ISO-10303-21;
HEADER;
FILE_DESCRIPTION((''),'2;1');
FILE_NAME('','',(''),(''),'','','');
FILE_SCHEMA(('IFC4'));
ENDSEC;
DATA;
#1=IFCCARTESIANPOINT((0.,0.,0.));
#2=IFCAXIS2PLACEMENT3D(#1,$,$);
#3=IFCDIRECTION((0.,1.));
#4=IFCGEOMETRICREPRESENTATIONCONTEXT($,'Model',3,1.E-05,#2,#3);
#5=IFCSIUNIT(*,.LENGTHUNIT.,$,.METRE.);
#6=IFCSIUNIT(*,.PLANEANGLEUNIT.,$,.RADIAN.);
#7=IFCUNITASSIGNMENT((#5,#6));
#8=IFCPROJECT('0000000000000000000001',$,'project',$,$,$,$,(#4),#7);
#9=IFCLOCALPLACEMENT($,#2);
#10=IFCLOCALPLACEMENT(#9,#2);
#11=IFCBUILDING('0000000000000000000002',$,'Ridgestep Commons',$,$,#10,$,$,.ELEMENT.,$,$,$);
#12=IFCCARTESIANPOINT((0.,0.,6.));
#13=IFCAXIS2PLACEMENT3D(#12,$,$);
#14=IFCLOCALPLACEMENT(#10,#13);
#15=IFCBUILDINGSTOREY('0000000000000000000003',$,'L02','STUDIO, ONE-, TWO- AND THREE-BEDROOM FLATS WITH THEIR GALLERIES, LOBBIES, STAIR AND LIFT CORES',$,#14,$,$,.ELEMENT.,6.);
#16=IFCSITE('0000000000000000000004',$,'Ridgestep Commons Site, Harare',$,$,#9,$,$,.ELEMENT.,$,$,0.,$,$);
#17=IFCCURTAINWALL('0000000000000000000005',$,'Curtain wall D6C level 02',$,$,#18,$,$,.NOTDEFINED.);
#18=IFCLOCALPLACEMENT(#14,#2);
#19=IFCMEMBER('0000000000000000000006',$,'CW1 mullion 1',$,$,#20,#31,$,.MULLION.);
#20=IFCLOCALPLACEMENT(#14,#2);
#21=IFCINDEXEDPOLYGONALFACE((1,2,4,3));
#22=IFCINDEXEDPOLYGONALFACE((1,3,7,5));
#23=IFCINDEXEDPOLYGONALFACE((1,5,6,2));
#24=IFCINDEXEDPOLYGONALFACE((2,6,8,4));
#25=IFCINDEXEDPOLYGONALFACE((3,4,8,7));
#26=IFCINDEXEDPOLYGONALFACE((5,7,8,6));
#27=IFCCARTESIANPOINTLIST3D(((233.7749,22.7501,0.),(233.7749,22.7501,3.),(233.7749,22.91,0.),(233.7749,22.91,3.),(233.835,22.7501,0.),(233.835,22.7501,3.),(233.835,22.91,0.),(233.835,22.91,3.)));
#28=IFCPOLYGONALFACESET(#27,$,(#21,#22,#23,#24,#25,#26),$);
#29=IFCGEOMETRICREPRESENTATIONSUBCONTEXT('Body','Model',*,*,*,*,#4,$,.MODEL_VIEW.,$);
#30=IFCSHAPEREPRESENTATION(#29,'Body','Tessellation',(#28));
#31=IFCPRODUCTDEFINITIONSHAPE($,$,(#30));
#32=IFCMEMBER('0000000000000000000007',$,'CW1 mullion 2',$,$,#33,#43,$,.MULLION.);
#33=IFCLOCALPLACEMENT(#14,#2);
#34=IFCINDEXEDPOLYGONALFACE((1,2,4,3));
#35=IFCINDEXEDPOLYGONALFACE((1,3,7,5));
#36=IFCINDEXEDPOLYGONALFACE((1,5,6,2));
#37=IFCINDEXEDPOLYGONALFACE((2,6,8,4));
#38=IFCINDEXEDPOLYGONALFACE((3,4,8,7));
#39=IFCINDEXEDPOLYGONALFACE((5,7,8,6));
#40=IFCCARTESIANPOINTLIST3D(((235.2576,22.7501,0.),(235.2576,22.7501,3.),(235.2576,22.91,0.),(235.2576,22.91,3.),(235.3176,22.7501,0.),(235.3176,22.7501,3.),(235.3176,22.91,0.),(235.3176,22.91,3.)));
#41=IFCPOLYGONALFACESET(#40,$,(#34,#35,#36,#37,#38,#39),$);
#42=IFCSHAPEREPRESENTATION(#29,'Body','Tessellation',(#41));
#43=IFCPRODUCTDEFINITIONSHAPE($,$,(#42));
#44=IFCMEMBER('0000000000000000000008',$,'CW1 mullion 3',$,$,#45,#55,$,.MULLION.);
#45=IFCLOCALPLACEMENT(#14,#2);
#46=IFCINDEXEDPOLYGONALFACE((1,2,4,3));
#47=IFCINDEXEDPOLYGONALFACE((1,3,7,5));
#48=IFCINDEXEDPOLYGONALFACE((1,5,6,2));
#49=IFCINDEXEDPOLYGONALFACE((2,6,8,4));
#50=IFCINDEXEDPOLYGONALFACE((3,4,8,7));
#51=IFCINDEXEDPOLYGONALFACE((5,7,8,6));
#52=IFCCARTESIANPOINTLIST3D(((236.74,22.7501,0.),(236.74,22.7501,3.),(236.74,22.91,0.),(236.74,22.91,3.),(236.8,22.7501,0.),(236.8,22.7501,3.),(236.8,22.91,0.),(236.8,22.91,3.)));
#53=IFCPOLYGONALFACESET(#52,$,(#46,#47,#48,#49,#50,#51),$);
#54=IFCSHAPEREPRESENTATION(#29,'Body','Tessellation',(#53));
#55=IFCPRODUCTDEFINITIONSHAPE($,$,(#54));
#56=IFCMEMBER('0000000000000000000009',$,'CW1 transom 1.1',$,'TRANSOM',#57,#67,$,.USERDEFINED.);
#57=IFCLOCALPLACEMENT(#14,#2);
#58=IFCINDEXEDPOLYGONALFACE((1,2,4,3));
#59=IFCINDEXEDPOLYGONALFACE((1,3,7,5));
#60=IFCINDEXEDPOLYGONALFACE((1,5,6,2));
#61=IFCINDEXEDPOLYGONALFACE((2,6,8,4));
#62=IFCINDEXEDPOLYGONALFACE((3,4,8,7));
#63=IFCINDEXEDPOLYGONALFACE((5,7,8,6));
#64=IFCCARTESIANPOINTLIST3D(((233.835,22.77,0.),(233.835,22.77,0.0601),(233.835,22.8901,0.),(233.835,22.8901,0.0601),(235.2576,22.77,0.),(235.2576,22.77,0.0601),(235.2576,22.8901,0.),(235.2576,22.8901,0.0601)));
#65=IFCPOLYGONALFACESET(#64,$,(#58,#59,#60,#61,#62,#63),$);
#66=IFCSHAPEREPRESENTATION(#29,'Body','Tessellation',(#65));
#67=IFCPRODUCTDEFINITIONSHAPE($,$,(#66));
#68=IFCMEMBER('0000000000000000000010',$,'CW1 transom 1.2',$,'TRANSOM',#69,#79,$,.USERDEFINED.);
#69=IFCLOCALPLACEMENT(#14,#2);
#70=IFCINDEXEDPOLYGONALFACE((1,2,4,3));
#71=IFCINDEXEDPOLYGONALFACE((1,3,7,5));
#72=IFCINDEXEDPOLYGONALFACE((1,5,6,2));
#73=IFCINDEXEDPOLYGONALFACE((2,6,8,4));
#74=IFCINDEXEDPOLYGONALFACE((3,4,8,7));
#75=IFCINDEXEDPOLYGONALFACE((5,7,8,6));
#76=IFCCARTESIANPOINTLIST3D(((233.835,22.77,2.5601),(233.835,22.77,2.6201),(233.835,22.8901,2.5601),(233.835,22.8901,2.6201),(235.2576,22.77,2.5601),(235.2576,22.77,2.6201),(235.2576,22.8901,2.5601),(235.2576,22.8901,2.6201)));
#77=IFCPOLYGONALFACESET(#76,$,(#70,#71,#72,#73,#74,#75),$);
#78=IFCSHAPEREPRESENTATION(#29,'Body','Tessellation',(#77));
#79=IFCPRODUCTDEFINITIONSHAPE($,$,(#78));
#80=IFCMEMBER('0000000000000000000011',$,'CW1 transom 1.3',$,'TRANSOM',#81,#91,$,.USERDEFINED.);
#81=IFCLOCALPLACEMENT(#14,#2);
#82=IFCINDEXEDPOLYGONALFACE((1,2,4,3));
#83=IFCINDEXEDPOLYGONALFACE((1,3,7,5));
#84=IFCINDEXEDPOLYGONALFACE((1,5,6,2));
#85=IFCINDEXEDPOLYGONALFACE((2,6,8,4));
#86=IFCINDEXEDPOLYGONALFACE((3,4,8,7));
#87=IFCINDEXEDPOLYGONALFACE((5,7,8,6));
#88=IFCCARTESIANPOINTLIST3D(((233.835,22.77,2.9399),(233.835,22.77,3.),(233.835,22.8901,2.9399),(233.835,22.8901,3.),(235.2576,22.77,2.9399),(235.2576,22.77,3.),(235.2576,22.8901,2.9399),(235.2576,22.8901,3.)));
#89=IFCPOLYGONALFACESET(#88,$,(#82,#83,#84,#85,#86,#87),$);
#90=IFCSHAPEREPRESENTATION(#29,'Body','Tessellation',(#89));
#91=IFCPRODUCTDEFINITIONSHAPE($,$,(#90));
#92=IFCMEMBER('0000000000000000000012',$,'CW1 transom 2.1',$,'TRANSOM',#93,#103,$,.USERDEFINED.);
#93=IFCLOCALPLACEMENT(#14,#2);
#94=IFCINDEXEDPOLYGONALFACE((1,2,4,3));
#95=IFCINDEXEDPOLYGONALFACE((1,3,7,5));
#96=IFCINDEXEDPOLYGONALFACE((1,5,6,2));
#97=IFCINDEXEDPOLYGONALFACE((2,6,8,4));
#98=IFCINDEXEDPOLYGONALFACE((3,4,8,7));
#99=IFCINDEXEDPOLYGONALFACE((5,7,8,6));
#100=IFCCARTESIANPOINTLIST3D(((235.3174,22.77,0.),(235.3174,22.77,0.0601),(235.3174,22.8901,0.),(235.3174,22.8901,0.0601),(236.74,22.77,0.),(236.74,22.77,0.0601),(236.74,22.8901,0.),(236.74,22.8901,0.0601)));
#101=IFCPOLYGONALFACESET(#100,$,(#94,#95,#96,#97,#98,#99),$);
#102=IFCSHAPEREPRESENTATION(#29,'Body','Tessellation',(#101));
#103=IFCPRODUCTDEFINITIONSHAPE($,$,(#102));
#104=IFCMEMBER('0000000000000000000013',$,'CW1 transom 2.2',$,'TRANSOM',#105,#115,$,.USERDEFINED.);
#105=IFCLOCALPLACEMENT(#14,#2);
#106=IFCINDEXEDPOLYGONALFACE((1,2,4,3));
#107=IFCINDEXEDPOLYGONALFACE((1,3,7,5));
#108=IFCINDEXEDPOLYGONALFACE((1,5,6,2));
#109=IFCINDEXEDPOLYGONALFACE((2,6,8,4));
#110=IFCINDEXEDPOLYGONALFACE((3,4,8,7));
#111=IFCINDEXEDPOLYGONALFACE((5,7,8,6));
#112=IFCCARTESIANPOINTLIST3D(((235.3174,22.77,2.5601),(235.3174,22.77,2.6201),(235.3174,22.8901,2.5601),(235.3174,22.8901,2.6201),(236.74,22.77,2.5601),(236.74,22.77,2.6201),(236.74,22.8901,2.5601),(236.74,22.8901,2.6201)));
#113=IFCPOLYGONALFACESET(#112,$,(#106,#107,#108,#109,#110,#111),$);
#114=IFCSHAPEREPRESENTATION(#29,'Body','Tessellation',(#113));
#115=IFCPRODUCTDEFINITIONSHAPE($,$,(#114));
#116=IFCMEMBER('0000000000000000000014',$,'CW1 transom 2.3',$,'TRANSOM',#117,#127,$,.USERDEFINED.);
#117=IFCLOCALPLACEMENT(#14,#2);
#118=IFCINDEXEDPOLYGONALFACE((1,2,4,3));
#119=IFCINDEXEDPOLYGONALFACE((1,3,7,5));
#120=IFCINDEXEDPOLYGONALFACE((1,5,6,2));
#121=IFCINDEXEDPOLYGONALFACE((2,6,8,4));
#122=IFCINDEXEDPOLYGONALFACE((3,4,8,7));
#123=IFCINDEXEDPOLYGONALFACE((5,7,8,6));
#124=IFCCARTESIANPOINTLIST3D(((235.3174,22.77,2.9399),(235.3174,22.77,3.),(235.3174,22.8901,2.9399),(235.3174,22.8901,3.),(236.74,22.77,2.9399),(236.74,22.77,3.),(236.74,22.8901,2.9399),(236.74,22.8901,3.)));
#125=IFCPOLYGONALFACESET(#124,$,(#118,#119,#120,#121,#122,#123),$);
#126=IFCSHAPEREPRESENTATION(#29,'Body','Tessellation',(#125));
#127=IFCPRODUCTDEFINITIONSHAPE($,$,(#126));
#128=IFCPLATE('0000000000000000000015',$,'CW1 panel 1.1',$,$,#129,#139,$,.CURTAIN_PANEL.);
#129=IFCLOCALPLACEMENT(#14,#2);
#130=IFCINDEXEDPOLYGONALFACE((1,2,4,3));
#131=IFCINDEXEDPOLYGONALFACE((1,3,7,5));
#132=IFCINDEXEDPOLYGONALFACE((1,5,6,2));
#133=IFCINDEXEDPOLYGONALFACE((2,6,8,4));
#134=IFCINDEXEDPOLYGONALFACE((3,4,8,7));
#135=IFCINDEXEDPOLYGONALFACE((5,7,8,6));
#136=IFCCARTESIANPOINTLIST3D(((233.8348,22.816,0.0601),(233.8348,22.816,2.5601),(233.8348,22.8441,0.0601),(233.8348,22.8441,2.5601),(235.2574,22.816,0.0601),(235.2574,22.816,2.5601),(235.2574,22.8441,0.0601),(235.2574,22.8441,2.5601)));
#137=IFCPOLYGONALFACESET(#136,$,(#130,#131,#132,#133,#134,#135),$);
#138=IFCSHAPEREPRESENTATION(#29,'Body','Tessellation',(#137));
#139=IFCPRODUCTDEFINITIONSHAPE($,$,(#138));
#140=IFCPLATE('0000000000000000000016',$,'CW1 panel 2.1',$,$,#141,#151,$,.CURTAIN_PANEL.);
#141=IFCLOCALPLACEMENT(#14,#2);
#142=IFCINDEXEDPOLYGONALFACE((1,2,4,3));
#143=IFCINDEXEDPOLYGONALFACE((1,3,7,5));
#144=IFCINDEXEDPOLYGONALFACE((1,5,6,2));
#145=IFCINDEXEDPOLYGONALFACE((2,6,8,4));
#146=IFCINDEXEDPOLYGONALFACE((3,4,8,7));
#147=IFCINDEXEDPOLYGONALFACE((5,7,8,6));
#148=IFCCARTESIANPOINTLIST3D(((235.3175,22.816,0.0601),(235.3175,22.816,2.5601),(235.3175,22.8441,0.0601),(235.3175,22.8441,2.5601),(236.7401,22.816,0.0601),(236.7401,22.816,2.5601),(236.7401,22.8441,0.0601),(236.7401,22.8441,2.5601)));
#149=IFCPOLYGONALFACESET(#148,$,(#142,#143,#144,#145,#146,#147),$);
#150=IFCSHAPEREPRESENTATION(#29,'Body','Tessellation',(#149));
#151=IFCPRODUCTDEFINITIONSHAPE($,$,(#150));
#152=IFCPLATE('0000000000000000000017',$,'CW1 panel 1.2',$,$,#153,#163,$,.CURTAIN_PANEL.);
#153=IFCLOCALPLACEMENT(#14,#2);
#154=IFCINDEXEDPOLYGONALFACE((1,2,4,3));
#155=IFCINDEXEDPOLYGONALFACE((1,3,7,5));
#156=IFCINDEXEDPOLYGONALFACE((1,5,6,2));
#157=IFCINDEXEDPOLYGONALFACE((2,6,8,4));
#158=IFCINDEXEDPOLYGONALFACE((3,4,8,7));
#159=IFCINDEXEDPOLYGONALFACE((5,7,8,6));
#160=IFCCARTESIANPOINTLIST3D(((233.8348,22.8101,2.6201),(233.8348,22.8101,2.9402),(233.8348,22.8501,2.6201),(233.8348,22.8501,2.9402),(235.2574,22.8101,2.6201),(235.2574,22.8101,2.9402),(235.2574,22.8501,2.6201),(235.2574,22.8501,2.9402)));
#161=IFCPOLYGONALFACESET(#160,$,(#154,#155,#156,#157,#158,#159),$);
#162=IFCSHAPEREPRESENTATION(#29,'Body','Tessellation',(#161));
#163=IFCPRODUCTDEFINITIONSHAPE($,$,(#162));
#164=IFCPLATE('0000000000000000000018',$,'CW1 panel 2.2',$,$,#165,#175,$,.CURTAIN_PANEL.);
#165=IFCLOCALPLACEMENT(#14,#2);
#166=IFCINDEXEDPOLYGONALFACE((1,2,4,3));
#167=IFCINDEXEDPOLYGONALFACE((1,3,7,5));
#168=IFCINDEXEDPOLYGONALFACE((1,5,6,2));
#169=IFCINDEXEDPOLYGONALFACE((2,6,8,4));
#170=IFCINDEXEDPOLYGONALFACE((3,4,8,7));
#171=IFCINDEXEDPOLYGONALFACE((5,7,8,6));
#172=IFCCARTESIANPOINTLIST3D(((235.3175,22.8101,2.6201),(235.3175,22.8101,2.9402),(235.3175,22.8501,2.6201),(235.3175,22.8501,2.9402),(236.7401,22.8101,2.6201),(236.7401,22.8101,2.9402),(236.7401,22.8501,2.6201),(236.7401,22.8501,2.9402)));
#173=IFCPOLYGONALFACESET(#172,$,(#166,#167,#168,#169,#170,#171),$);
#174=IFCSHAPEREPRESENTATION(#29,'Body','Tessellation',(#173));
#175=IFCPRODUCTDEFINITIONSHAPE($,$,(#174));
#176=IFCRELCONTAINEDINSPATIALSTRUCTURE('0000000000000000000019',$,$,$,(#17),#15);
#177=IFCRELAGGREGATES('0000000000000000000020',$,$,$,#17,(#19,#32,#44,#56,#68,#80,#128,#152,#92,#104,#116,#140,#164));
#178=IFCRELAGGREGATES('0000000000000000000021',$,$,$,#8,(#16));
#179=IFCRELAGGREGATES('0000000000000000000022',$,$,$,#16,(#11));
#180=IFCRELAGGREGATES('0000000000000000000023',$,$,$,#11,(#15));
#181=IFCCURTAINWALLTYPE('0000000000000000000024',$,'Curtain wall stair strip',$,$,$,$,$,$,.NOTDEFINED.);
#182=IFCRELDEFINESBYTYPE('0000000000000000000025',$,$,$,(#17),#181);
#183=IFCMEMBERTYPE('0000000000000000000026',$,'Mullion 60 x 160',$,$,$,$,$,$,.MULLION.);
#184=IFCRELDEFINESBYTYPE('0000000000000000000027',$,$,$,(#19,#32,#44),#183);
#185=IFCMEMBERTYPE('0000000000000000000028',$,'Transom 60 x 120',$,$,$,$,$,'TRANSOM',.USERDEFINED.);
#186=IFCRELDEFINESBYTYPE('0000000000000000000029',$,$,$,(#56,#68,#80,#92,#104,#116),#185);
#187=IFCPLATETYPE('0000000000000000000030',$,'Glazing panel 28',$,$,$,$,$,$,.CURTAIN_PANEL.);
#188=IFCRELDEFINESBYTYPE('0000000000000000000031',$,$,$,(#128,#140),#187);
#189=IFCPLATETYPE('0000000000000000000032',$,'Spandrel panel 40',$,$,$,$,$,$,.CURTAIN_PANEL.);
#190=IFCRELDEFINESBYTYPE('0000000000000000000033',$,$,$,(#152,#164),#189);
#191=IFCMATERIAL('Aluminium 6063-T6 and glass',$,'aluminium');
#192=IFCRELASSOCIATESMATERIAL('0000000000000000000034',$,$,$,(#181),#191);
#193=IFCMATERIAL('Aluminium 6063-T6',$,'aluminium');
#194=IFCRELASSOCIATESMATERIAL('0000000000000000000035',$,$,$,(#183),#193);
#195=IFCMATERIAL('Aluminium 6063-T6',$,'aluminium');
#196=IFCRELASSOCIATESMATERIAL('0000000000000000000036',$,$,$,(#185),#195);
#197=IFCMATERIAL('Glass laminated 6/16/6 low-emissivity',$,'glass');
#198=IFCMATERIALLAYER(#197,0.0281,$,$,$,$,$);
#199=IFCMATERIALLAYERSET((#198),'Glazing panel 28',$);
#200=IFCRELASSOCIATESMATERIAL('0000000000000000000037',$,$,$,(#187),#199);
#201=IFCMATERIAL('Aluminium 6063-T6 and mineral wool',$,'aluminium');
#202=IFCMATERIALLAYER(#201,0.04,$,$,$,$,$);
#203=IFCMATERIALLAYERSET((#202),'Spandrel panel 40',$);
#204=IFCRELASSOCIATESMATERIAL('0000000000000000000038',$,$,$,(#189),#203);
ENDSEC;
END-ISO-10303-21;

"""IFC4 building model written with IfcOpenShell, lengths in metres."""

from ifc_helpers import new_model, si_unit, direction, frame, origin, origin_2d, place, context, subcontext, project, spatial, rectangle, extrude, material, layer, layer_set, material_profile, profile_set, type_object, element, aggregate, save


model = new_model("IFC4")

# Units and contexts
model_context = context("Model", 3, precision=1e-05, world=origin(), true_north=direction((0.0, 1.0)))
body_context = subcontext(model_context, "Body", "Model", "MODEL_VIEW")
ifc_project = project(units=[si_unit("LENGTHUNIT", "METRE"), si_unit("PLANEANGLEUNIT", "RADIAN")], contexts=[model_context])

# Site, building, storey
site_placement = place(None, origin())
site = spatial("IfcSite", under=ifc_project, at=site_placement, Name="Ridgestep Commons Site, Harare", CompositionType="ELEMENT", RefElevation=0.0)
building_placement = place(site_placement, origin())
building = spatial("IfcBuilding", under=site, at=building_placement, Name="Ridgestep Commons", CompositionType="ELEMENT")
storey_placement = place(building_placement, frame((0.0, 0.0, 6.0)))
storey = spatial("IfcBuildingStorey", under=building, at=storey_placement, Name="L02", Description="STUDIO, ONE-, TWO- AND THREE-BEDROOM FLATS WITH THEIR GALLERIES, LOBBIES, STAIR AND LIFT CORES", CompositionType="ELEMENT", Elevation=6.0)

# Curtain wall, members, plates
ifc_material_1 = material(Name="Aluminium 6063-T6 and glass", Category="aluminium")
curtain_wall_type = type_object("IfcCurtainWallType", Name="Curtain wall stair strip", PredefinedType="NOTDEFINED", material=ifc_material_1)
curtain_wall_placement = place(storey_placement, origin())
curtain_wall = element("IfcCurtainWall", 1, at=curtain_wall_placement, inside=storey, type_object=curtain_wall_type, Name="Curtain wall D6C level 02", PredefinedType="NOTDEFINED")
ifc_material_2 = material(Name="Aluminium 6063-T6", Category="aluminium")
ifc_material_profile_1 = material_profile(ifc_material_2, rectangle(XDim=0.1599, YDim=0.0601, at=origin_2d()), Name="Mullion 60 x 160")
ifc_profile_set_1 = profile_set([ifc_material_profile_1], Name="Aluminium 6063-T6")
member_type_1 = type_object("IfcMemberType", Name="Mullion 60 x 160", PredefinedType="MULLION", material=ifc_profile_set_1)
member_1_placement = place(storey_placement, frame((233.8049, 22.8301, 0.0), z_axis=(0.0, 0.0, 1.0), x_axis=(0.0, 1.0, 0.0)))
member_1 = element("IfcMember", 2, at=member_1_placement, type_object=member_type_1, Name="CW1 mullion 1", PredefinedType="MULLION", context=body_context, shape_type="SweptSolid", body=[
    extrude(rectangle(XDim=0.1599, YDim=0.0601, at=origin_2d()), origin(), (0.0, 0.0, 1.0), 3.0),
])
member_2_placement = place(storey_placement, frame((235.2876, 22.8301, 0.0), z_axis=(0.0, 0.0, 1.0), x_axis=(0.0, 1.0, 0.0)))
member_2 = element("IfcMember", 3, at=member_2_placement, type_object=member_type_1, Name="CW1 mullion 2", PredefinedType="MULLION", context=body_context, shape_type="SweptSolid", body=[
    extrude(rectangle(XDim=0.1599, YDim=0.0601, at=origin_2d()), origin(), (0.0, 0.0, 1.0), 3.0),
])
member_3_placement = place(storey_placement, frame((236.77, 22.8301, 0.0), z_axis=(0.0, 0.0, 1.0), x_axis=(0.0, 1.0, 0.0)))
member_3 = element("IfcMember", 4, at=member_3_placement, type_object=member_type_1, Name="CW1 mullion 3", PredefinedType="MULLION", context=body_context, shape_type="SweptSolid", body=[
    extrude(rectangle(XDim=0.1599, YDim=0.0601, at=origin_2d()), origin(), (0.0, 0.0, 1.0), 3.0),
])
ifc_material_3 = material(Name="Aluminium 6063-T6", Category="aluminium")
ifc_material_profile_2 = material_profile(ifc_material_3, rectangle(XDim=0.1201, YDim=0.0601, at=origin_2d()), Name="Transom 60 x 120")
ifc_profile_set_2 = profile_set([ifc_material_profile_2], Name="Aluminium 6063-T6")
member_type_2 = type_object("IfcMemberType", Name="Transom 60 x 120", ElementType="TRANSOM", PredefinedType="USERDEFINED", material=ifc_profile_set_2)
member_4_placement = place(storey_placement, frame((233.835, 22.8301, 0.03), z_axis=(1.0, 0.0, 0.0), x_axis=(0.0, 1.0, 0.0)))
member_4 = element("IfcMember", 5, at=member_4_placement, type_object=member_type_2, Name="CW1 transom 1.1", ObjectType="TRANSOM", PredefinedType="USERDEFINED", context=body_context, shape_type="SweptSolid", body=[
    extrude(rectangle(XDim=0.1201, YDim=0.0601, at=origin_2d()), origin(), (0.0, 0.0, 1.0), 1.4226),
])
member_5_placement = place(storey_placement, frame((233.835, 22.8301, 2.5901), z_axis=(1.0, 0.0, 0.0), x_axis=(0.0, 1.0, 0.0)))
member_5 = element("IfcMember", 6, at=member_5_placement, type_object=member_type_2, Name="CW1 transom 1.2", ObjectType="TRANSOM", PredefinedType="USERDEFINED", context=body_context, shape_type="SweptSolid", body=[
    extrude(rectangle(XDim=0.1201, YDim=0.0601, at=origin_2d()), origin(), (0.0, 0.0, 1.0), 1.4226),
])
member_6_placement = place(storey_placement, frame((233.835, 22.8301, 2.97), z_axis=(1.0, 0.0, 0.0), x_axis=(0.0, 1.0, 0.0)))
member_6 = element("IfcMember", 7, at=member_6_placement, type_object=member_type_2, Name="CW1 transom 1.3", ObjectType="TRANSOM", PredefinedType="USERDEFINED", context=body_context, shape_type="SweptSolid", body=[
    extrude(rectangle(XDim=0.1201, YDim=0.0601, at=origin_2d()), origin(), (0.0, 0.0, 1.0), 1.4226),
])
member_7_placement = place(storey_placement, frame((235.3174, 22.8301, 0.03), z_axis=(1.0, 0.0, 0.0), x_axis=(0.0, 1.0, 0.0)))
member_7 = element("IfcMember", 8, at=member_7_placement, type_object=member_type_2, Name="CW1 transom 2.1", ObjectType="TRANSOM", PredefinedType="USERDEFINED", context=body_context, shape_type="SweptSolid", body=[
    extrude(rectangle(XDim=0.1201, YDim=0.0601, at=origin_2d()), origin(), (0.0, 0.0, 1.0), 1.4226),
])
member_8_placement = place(storey_placement, frame((235.3174, 22.8301, 2.5901), z_axis=(1.0, 0.0, 0.0), x_axis=(0.0, 1.0, 0.0)))
member_8 = element("IfcMember", 9, at=member_8_placement, type_object=member_type_2, Name="CW1 transom 2.2", ObjectType="TRANSOM", PredefinedType="USERDEFINED", context=body_context, shape_type="SweptSolid", body=[
    extrude(rectangle(XDim=0.1201, YDim=0.0601, at=origin_2d()), origin(), (0.0, 0.0, 1.0), 1.4226),
])
member_9_placement = place(storey_placement, frame((235.3174, 22.8301, 2.97), z_axis=(1.0, 0.0, 0.0), x_axis=(0.0, 1.0, 0.0)))
member_9 = element("IfcMember", 10, at=member_9_placement, type_object=member_type_2, Name="CW1 transom 2.3", ObjectType="TRANSOM", PredefinedType="USERDEFINED", context=body_context, shape_type="SweptSolid", body=[
    extrude(rectangle(XDim=0.1201, YDim=0.0601, at=origin_2d()), origin(), (0.0, 0.0, 1.0), 1.4226),
])
ifc_material_4 = material(Name="Glass laminated 6/16/6 low-emissivity", Category="glass")
ifc_layer_1 = layer(ifc_material_4, 0.0281)
ifc_layer_set_1 = layer_set([ifc_layer_1], Name="Glazing panel 28")
plate_type_1 = type_object("IfcPlateType", Name="Glazing panel 28", PredefinedType="CURTAIN_PANEL", material=ifc_layer_set_1)
plate_1_placement = place(storey_placement, frame((234.5461, 22.8301, 0.0601), z_axis=(0.0, 0.0, 1.0), x_axis=(1.0, 0.0, 0.0)))
plate_1 = element("IfcPlate", 11, at=plate_1_placement, type_object=plate_type_1, Name="CW1 panel 1.1", PredefinedType="CURTAIN_PANEL", context=body_context, shape_type="SweptSolid", body=[
    extrude(rectangle(XDim=1.4226, YDim=0.0281, at=origin_2d()), origin(), (0.0, 0.0, 1.0), 2.5),
])
plate_2_placement = place(storey_placement, frame((236.0288, 22.8301, 0.0601), z_axis=(0.0, 0.0, 1.0), x_axis=(1.0, 0.0, 0.0)))
plate_2 = element("IfcPlate", 12, at=plate_2_placement, type_object=plate_type_1, Name="CW1 panel 2.1", PredefinedType="CURTAIN_PANEL", context=body_context, shape_type="SweptSolid", body=[
    extrude(rectangle(XDim=1.4226, YDim=0.0281, at=origin_2d()), origin(), (0.0, 0.0, 1.0), 2.5),
])
ifc_material_5 = material(Name="Aluminium 6063-T6 and mineral wool", Category="aluminium")
ifc_layer_2 = layer(ifc_material_5, 0.04)
ifc_layer_set_2 = layer_set([ifc_layer_2], Name="Spandrel panel 40")
plate_type_2 = type_object("IfcPlateType", Name="Spandrel panel 40", PredefinedType="CURTAIN_PANEL", material=ifc_layer_set_2)
plate_3_placement = place(storey_placement, frame((234.5461, 22.8301, 2.6201), z_axis=(0.0, 0.0, 1.0), x_axis=(1.0, 0.0, 0.0)))
plate_3 = element("IfcPlate", 13, at=plate_3_placement, type_object=plate_type_2, Name="CW1 panel 1.2", PredefinedType="CURTAIN_PANEL", context=body_context, shape_type="SweptSolid", body=[
    extrude(rectangle(XDim=1.4226, YDim=0.04, at=origin_2d()), origin(), (0.0, 0.0, 1.0), 0.3201),
])
plate_4_placement = place(storey_placement, frame((236.0288, 22.8301, 2.6201), z_axis=(0.0, 0.0, 1.0), x_axis=(1.0, 0.0, 0.0)))
plate_4 = element("IfcPlate", 14, at=plate_4_placement, type_object=plate_type_2, Name="CW1 panel 2.2", PredefinedType="CURTAIN_PANEL", context=body_context, shape_type="SweptSolid", body=[
    extrude(rectangle(XDim=1.4226, YDim=0.04, at=origin_2d()), origin(), (0.0, 0.0, 1.0), 0.3201),
])
aggregate(curtain_wall, [member_1, member_2, member_3, member_4, member_5, member_6, plate_1, plate_3, member_7, member_8, member_9, plate_2, plate_4])

save(model, "model.ifc")
